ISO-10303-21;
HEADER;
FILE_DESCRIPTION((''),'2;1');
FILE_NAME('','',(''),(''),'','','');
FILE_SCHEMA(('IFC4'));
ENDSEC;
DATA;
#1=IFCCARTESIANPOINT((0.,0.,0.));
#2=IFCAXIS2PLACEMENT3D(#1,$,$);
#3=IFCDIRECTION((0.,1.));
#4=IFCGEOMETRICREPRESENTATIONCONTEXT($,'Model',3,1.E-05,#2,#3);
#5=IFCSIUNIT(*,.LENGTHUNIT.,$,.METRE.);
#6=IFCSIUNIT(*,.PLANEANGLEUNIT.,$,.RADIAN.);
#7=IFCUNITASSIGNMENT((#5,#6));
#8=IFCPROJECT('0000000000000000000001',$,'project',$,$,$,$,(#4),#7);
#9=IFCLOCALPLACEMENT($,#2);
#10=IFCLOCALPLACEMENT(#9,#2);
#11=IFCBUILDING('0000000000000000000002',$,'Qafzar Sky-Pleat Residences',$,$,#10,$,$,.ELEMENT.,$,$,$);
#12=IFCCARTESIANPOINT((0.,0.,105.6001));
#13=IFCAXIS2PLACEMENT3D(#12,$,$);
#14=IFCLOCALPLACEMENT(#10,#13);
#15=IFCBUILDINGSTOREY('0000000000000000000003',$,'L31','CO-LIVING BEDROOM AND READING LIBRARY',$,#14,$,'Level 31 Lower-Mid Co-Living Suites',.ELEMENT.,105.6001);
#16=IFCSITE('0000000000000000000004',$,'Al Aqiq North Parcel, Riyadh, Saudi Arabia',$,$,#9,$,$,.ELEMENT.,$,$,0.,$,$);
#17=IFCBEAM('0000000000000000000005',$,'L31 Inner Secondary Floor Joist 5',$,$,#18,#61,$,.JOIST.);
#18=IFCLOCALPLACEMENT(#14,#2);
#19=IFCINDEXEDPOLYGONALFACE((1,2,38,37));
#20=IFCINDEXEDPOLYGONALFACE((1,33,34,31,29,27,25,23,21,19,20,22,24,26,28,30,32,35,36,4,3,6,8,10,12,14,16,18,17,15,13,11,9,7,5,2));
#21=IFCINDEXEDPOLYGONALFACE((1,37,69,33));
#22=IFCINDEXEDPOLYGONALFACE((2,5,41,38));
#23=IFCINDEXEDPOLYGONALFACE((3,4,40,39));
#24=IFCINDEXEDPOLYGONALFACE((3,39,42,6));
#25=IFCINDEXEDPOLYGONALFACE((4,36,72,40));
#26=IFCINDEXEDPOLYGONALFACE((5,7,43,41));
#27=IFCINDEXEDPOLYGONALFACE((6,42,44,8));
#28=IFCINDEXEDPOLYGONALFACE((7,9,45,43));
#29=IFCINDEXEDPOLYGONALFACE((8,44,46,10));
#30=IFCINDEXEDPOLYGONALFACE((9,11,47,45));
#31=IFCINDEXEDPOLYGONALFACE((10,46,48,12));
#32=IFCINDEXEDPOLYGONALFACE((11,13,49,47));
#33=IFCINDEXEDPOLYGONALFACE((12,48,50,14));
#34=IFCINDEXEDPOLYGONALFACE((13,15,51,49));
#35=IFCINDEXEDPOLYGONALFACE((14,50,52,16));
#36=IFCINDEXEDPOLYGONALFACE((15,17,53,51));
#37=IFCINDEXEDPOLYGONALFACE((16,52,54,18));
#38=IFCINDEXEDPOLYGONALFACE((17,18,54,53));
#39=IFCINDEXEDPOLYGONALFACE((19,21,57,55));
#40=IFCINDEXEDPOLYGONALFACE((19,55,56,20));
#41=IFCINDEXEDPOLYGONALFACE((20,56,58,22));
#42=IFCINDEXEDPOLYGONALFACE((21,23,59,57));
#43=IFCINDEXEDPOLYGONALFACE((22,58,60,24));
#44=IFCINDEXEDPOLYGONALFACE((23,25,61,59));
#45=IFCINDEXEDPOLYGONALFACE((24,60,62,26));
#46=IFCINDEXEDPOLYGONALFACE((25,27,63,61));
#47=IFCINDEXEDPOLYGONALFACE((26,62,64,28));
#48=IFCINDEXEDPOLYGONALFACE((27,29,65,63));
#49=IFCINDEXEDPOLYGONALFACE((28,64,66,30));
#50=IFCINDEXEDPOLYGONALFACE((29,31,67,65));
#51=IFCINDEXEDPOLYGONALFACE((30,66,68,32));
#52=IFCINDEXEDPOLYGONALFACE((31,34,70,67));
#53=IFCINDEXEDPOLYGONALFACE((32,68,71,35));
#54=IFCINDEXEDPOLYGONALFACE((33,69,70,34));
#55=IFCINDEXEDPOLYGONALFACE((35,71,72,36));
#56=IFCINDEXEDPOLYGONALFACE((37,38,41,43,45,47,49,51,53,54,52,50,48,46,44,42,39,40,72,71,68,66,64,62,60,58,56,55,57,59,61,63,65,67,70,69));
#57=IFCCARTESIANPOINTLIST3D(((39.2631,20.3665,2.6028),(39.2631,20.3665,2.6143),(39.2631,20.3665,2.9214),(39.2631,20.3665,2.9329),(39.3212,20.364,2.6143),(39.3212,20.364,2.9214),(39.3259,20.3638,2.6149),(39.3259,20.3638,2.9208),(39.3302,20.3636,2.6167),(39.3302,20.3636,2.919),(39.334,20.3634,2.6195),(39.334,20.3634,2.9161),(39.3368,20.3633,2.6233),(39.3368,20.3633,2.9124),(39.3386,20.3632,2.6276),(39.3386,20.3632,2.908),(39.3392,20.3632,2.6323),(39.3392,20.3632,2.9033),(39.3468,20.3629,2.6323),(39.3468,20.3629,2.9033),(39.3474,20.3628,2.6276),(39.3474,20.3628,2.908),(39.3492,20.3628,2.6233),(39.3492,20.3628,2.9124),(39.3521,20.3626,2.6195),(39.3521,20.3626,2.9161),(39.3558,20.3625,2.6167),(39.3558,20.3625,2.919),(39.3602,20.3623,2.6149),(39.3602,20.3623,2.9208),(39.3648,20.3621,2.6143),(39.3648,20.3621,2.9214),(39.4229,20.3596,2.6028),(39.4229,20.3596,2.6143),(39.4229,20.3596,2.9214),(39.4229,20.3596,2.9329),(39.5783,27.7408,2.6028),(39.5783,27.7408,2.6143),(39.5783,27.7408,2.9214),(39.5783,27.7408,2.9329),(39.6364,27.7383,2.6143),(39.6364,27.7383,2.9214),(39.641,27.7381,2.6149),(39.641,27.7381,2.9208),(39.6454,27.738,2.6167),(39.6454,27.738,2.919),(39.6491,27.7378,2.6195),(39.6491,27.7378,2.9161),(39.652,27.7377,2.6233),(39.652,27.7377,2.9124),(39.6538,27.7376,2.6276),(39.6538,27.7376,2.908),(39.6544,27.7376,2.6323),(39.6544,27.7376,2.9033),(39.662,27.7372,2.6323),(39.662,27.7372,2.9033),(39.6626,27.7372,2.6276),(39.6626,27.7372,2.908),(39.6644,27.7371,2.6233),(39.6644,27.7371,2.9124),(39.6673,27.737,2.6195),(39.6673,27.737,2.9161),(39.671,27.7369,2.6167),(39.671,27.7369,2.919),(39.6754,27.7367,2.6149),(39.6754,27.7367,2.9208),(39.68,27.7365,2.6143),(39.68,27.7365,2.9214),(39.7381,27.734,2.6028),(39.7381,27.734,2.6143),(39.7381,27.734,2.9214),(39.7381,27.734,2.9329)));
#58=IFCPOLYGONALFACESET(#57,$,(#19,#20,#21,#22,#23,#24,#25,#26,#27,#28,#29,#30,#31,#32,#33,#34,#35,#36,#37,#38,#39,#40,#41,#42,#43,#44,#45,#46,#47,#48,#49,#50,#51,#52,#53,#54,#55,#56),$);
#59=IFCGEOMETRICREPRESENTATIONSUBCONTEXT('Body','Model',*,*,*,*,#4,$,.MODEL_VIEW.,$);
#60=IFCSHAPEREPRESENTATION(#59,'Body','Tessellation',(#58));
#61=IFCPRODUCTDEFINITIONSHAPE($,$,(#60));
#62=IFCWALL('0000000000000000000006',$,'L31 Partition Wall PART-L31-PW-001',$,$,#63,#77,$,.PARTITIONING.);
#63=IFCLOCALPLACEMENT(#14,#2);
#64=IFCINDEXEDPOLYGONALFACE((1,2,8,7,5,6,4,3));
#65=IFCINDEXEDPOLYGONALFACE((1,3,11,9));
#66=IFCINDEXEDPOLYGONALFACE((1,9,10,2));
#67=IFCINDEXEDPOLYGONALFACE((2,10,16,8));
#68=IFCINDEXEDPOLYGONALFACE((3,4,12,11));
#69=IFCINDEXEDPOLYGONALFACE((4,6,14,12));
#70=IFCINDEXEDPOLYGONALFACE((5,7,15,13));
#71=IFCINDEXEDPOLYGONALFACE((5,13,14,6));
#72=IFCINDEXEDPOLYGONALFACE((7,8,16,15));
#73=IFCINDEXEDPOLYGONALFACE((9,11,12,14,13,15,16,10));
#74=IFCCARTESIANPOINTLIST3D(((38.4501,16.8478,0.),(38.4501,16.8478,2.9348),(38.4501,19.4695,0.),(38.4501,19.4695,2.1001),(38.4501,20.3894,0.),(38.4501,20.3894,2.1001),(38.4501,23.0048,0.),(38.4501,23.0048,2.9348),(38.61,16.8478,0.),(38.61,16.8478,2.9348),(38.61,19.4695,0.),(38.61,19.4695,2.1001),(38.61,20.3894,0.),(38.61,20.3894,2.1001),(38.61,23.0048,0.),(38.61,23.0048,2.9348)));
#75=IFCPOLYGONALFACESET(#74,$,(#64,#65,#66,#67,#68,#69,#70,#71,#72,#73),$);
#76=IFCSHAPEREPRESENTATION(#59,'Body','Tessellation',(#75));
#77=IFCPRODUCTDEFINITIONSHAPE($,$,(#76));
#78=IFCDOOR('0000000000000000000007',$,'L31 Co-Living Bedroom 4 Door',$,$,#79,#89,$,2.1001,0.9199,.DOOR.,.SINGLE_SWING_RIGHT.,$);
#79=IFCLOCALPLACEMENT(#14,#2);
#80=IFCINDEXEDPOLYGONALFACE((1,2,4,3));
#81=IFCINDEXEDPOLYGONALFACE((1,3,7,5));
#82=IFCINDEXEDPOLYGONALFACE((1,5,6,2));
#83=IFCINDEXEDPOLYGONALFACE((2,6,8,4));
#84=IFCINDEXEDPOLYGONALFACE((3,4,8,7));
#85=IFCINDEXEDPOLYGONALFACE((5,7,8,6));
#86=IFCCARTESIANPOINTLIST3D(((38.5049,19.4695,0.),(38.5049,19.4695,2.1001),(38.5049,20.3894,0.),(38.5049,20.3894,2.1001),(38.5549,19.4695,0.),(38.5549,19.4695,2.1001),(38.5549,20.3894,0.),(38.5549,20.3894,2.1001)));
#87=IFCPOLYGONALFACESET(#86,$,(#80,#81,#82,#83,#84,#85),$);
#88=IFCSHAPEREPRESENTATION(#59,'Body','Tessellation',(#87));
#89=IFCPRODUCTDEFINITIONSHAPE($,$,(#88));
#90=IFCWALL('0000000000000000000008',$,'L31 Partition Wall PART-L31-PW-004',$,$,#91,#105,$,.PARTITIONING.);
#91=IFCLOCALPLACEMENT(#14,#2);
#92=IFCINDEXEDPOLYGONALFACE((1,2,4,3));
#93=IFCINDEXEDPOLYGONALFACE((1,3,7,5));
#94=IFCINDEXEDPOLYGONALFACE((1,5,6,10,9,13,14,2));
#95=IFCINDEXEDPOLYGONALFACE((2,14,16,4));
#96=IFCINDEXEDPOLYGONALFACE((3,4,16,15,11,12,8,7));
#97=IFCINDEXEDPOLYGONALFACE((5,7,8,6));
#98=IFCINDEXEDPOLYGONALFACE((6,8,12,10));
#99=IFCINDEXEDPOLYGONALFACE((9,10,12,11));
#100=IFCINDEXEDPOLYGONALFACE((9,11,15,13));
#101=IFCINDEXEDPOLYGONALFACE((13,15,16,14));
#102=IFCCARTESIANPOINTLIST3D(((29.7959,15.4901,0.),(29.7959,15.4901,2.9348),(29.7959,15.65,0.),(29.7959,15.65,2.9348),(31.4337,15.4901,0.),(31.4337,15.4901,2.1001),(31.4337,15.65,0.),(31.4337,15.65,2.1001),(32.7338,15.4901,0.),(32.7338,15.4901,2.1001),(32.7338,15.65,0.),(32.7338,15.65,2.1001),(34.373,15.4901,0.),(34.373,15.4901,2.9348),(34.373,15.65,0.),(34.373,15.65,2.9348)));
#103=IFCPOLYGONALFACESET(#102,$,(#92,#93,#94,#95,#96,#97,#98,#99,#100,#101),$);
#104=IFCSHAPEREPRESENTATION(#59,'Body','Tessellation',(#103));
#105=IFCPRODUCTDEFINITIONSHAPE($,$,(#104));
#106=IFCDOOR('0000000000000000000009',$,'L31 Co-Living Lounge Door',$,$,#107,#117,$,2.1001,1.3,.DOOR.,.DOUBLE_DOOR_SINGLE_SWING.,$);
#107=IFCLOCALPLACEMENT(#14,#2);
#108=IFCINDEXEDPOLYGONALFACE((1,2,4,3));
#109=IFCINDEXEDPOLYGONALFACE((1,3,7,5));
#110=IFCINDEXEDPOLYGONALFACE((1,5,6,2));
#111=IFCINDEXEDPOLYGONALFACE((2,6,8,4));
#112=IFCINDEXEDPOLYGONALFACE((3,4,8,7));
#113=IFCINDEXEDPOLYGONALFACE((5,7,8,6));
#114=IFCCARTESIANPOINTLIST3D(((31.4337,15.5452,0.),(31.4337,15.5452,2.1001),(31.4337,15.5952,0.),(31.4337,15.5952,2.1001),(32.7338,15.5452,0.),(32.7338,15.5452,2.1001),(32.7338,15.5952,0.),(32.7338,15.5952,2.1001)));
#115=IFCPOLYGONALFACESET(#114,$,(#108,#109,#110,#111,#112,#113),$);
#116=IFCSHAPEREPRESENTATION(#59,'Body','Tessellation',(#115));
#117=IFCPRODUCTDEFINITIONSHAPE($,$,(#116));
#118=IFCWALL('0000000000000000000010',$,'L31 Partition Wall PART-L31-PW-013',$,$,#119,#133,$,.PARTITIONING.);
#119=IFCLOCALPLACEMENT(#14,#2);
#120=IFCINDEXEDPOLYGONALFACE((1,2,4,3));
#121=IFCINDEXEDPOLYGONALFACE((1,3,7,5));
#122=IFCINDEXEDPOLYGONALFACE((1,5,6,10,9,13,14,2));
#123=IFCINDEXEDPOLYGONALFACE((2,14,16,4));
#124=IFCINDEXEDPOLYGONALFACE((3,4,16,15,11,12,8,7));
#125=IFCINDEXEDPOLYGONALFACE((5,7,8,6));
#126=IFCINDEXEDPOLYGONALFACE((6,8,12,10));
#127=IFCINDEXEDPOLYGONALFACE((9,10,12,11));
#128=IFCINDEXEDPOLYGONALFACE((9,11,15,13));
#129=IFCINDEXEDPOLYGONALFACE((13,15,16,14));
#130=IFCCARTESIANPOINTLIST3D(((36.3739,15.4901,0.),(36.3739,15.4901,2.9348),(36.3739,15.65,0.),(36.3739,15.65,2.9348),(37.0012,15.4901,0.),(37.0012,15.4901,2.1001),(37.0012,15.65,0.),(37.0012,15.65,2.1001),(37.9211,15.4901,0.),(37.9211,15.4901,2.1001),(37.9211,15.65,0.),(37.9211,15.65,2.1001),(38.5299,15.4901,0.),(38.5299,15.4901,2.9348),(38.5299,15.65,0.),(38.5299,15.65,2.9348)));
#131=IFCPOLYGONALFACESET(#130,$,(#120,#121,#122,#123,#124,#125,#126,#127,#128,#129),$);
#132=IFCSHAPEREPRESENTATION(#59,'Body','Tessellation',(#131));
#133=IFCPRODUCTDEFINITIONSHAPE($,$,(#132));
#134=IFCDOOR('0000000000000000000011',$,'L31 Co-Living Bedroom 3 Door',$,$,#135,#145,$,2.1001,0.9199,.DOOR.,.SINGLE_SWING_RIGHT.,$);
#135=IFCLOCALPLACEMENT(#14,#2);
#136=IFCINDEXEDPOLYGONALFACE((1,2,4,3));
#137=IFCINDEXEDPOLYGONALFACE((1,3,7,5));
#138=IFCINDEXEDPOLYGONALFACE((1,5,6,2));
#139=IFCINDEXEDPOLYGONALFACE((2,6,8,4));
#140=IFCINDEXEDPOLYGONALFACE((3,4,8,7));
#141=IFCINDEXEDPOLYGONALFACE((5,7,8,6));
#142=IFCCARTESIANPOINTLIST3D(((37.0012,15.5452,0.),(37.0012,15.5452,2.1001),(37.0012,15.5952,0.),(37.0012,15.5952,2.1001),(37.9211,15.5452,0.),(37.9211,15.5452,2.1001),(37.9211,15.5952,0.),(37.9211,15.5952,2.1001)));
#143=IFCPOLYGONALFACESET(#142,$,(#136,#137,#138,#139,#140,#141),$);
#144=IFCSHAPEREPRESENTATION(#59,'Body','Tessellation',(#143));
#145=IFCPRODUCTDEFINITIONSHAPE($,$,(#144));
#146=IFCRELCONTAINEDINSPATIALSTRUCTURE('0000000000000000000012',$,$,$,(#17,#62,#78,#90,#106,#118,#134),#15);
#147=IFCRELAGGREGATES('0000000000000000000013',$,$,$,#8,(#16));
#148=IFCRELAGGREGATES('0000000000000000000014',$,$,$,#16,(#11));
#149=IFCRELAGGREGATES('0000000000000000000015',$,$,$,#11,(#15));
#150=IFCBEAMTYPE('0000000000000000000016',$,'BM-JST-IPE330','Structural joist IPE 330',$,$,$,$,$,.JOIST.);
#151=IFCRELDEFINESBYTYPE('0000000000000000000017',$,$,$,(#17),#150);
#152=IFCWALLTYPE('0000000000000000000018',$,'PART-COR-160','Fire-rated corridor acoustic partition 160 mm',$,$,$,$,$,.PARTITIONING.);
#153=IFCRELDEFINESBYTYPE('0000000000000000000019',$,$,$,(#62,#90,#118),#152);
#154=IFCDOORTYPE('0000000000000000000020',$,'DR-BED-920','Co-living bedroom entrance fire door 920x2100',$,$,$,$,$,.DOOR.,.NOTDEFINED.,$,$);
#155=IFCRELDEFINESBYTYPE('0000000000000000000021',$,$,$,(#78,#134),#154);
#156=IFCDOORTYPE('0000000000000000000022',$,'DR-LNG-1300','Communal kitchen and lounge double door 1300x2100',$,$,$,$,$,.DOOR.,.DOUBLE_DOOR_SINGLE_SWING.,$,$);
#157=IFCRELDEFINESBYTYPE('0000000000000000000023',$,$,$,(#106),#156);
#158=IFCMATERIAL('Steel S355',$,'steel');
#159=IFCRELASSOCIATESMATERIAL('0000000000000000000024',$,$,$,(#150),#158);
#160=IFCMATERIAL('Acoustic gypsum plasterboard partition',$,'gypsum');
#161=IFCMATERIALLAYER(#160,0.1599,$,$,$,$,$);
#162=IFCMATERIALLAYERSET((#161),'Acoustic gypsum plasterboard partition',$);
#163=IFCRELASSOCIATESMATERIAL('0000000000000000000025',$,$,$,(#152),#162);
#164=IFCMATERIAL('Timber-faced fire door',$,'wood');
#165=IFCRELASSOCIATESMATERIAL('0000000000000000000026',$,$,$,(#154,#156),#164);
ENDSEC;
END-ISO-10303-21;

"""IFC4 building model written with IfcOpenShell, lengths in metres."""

from ifc_helpers import new_model, si_unit, direction, frame, frame_2d, origin, origin_2d, place, context, subcontext, project, spatial, rectangle, i_section, extrude, source, transform, mapped, material, layer, layer_set, material_profile, profile_set, type_object, element, fill, save


model = new_model("IFC4")

# Units and contexts
model_context = context("Model", 3, precision=1e-05, world=origin(), true_north=direction((0.0, 1.0)))
body_context = subcontext(model_context, "Body", "Model", "MODEL_VIEW")
ifc_project = project(units=[si_unit("LENGTHUNIT", "METRE"), si_unit("PLANEANGLEUNIT", "RADIAN")], contexts=[model_context])

# Site, building, storey
site_placement = place(None, origin())
site = spatial("IfcSite", under=ifc_project, at=site_placement, Name="Al Aqiq North Parcel, Riyadh, Saudi Arabia", CompositionType="ELEMENT", RefElevation=0.0)
building_placement = place(site_placement, origin())
building = spatial("IfcBuilding", under=site, at=building_placement, Name="Qafzar Sky-Pleat Residences", CompositionType="ELEMENT")
storey_placement = place(building_placement, frame((0.0, 0.0, 105.6001)))
storey = spatial("IfcBuildingStorey", under=building, at=storey_placement, Name="L31", Description="CO-LIVING BEDROOM AND READING LIBRARY", LongName="Level 31 Lower-Mid Co-Living Suites", CompositionType="ELEMENT", Elevation=105.6001)

# Beam
ifc_material_1 = material(Name="Steel S355", Category="steel")
ifc_material_profile = material_profile(ifc_material_1, i_section(OverallWidth=0.1599, OverallDepth=0.3301, WebThickness=0.0076, FlangeThickness=0.0115, FilletRadius=0.0181, at=origin_2d()), Name="IPE 330")
ifc_profile_set = profile_set([ifc_material_profile], Name="Steel S355")
beam_type = type_object("IfcBeamType", Name="BM-JST-IPE330", Description="Structural joist IPE 330", PredefinedType="JOIST", material=ifc_profile_set)
shared_shape_1 = source(origin(), body_context, "Body", "SweptSolid", [
    extrude(i_section(OverallWidth=0.1599, OverallDepth=0.3301, WebThickness=0.0076, FlangeThickness=0.0115, FilletRadius=0.0181, at=origin_2d()), origin(), (0.0, 0.0, 1.0), 7.3811),
])
beam_placement = place(storey_placement, frame((39.343, 20.363, 2.7678), z_axis=(0.042702, 0.999088, 0.0), x_axis=(-0.999088, 0.042702, 0.0)))
element("IfcBeam", 1, at=beam_placement, inside=storey, type_object=beam_type, Name="L31 Inner Secondary Floor Joist 5", PredefinedType="JOIST", context=body_context, shape_type="MappedRepresentation", body=[
    mapped(shared_shape_1, transform((0.0, 0.0, 0.0), x_axis=(1.0, 0.0, 0.0), y_axis=(0.0, 1.0, 0.0), z_axis=(0.0, 0.0, 1.0), scale=1.0)),
])

# Walls, openings, doors
ifc_material_2 = material(Name="Acoustic gypsum plasterboard partition", Category="gypsum")
ifc_layer_1 = layer(ifc_material_2, 0.1599)
ifc_layer_set_1 = layer_set([ifc_layer_1], Name="Acoustic gypsum plasterboard partition")
wall_type_1 = type_object("IfcWallType", Name="PART-COR-160", Description="Fire-rated corridor acoustic partition 160 mm", PredefinedType="PARTITIONING", material=ifc_layer_set_1)
wall_1_placement = place(storey_placement, frame((38.53, 23.0049, 0.0), z_axis=(0.0, 0.0, 1.0), x_axis=(0.0, -1.0, 0.0)))
wall_1 = element("IfcWall", 2, at=wall_1_placement, inside=storey, type_object=wall_type_1, Name="L31 Partition Wall PART-L31-PW-001", PredefinedType="PARTITIONING", context=body_context, shape_type="SweptSolid", body=[
    extrude(rectangle(XDim=6.157, YDim=0.1599, at=frame_2d((3.0786, 0.0))), origin(), (0.0, 0.0, 1.0), 2.9348),
])
opening_1_placement = place(wall_1_placement, frame((2.6155, 0.0, 0.0)))
opening_1 = element("IfcOpeningElement", 3, at=opening_1_placement, cuts=wall_1, PredefinedType="OPENING", context=body_context, shape_type="SweptSolid", body=[
    extrude(rectangle(XDim=0.9199, YDim=2.1001, at=frame_2d((0.46, 1.05))), frame((0.0, 0.0898, 0.0), z_axis=(0.0, -1.0, 0.0), x_axis=(1.0, 0.0, 0.0)), (0.0, 0.0, 1.0), 0.1799),
])
ifc_material_3 = material(Name="Timber-faced fire door", Category="wood")
door_type_1 = type_object("IfcDoorType", Name="DR-BED-920", Description="Co-living bedroom entrance fire door 920x2100", OperationType="NOTDEFINED", PredefinedType="DOOR", material=ifc_material_3)
shared_shape_2 = source(origin(), body_context, "Body", "SweptSolid", [
    extrude(rectangle(XDim=0.9199, YDim=2.1001, at=frame_2d((0.46, 1.05))), frame((0.0, 0.0249, 0.0), z_axis=(0.0, -1.0, 0.0), x_axis=(1.0, 0.0, 0.0)), (0.0, 0.0, 1.0), 0.05),
])
door_1_placement = place(opening_1_placement, origin())
door_1 = element("IfcDoor", 4, at=door_1_placement, inside=storey, type_object=door_type_1, Name="L31 Co-Living Bedroom 4 Door", OperationType="SINGLE_SWING_RIGHT", OverallHeight=2.1001, OverallWidth=0.9199, PredefinedType="DOOR", context=body_context, shape_type="MappedRepresentation", body=[
    mapped(shared_shape_2, transform((0.0, 0.0, 0.0), x_axis=(1.0, 0.0, 0.0), y_axis=(0.0, 1.0, 0.0), z_axis=(0.0, 0.0, 1.0), scale=1.0)),
])
fill(opening_1, door_1)
wall_2_placement = place(storey_placement, frame((34.373, 15.5701, 0.0), z_axis=(0.0, 0.0, 1.0), x_axis=(-1.0, 0.0, 0.0)))
wall_2 = element("IfcWall", 5, at=wall_2_placement, inside=storey, type_object=wall_type_1, Name="L31 Partition Wall PART-L31-PW-004", PredefinedType="PARTITIONING", context=body_context, shape_type="SweptSolid", body=[
    extrude(rectangle(XDim=4.5771, YDim=0.1599, at=frame_2d((2.2886, 0.0))), origin(), (0.0, 0.0, 1.0), 2.9348),
])
opening_2_placement = place(wall_2_placement, frame((1.6394, 0.0, 0.0)))
opening_2 = element("IfcOpeningElement", 6, at=opening_2_placement, cuts=wall_2, PredefinedType="OPENING", context=body_context, shape_type="SweptSolid", body=[
    extrude(rectangle(XDim=1.3, YDim=2.1001, at=frame_2d((0.6499, 1.05))), frame((0.0, 0.0898, 0.0), z_axis=(0.0, -1.0, 0.0), x_axis=(1.0, 0.0, 0.0)), (0.0, 0.0, 1.0), 0.1799),
])
door_type_2 = type_object("IfcDoorType", Name="DR-LNG-1300", Description="Communal kitchen and lounge double door 1300x2100", OperationType="DOUBLE_DOOR_SINGLE_SWING", PredefinedType="DOOR", material=ifc_material_3)
shared_shape_3 = source(origin(), body_context, "Body", "SweptSolid", [
    extrude(rectangle(XDim=1.3, YDim=2.1001, at=frame_2d((0.6499, 1.05))), frame((0.0, 0.0249, 0.0), z_axis=(0.0, -1.0, 0.0), x_axis=(1.0, 0.0, 0.0)), (0.0, 0.0, 1.0), 0.05),
])
door_2_placement = place(opening_2_placement, origin())
door_2 = element("IfcDoor", 7, at=door_2_placement, inside=storey, type_object=door_type_2, Name="L31 Co-Living Lounge Door", OperationType="DOUBLE_DOOR_SINGLE_SWING", OverallHeight=2.1001, OverallWidth=1.3, PredefinedType="DOOR", context=body_context, shape_type="MappedRepresentation", body=[
    mapped(shared_shape_3, transform((0.0, 0.0, 0.0), x_axis=(1.0, 0.0, 0.0), y_axis=(0.0, 1.0, 0.0), z_axis=(0.0, 0.0, 1.0), scale=1.0)),
])
fill(opening_2, door_2)
wall_3_placement = place(storey_placement, frame((38.53, 15.5701, 0.0), z_axis=(0.0, 0.0, 1.0), x_axis=(-1.0, 0.0, 0.0)))
wall_3 = element("IfcWall", 8, at=wall_3_placement, inside=storey, type_object=wall_type_1, Name="L31 Partition Wall PART-L31-PW-013", PredefinedType="PARTITIONING", context=body_context, shape_type="SweptSolid", body=[
    extrude(rectangle(XDim=2.156, YDim=0.1599, at=frame_2d((1.0781, 0.0))), origin(), (0.0, 0.0, 1.0), 2.9348),
])
opening_3_placement = place(wall_3_placement, frame((0.6089, 0.0, 0.0)))
opening_3 = element("IfcOpeningElement", 9, at=opening_3_placement, cuts=wall_3, PredefinedType="OPENING", context=body_context, shape_type="SweptSolid", body=[
    extrude(rectangle(XDim=0.9199, YDim=2.1001, at=frame_2d((0.46, 1.05))), frame((0.0, 0.0898, 0.0), z_axis=(0.0, -1.0, 0.0), x_axis=(1.0, 0.0, 0.0)), (0.0, 0.0, 1.0), 0.1799),
])
door_3_placement = place(opening_3_placement, origin())
door_3 = element("IfcDoor", 10, at=door_3_placement, inside=storey, type_object=door_type_1, Name="L31 Co-Living Bedroom 3 Door", OperationType="SINGLE_SWING_RIGHT", OverallHeight=2.1001, OverallWidth=0.9199, PredefinedType="DOOR", context=body_context, shape_type="MappedRepresentation", body=[
    mapped(shared_shape_2, transform((0.0, 0.0, 0.0), x_axis=(1.0, 0.0, 0.0), y_axis=(0.0, 1.0, 0.0), z_axis=(0.0, 0.0, 1.0), scale=1.0)),
])
fill(opening_3, door_3)

save(model, "model.ifc")
